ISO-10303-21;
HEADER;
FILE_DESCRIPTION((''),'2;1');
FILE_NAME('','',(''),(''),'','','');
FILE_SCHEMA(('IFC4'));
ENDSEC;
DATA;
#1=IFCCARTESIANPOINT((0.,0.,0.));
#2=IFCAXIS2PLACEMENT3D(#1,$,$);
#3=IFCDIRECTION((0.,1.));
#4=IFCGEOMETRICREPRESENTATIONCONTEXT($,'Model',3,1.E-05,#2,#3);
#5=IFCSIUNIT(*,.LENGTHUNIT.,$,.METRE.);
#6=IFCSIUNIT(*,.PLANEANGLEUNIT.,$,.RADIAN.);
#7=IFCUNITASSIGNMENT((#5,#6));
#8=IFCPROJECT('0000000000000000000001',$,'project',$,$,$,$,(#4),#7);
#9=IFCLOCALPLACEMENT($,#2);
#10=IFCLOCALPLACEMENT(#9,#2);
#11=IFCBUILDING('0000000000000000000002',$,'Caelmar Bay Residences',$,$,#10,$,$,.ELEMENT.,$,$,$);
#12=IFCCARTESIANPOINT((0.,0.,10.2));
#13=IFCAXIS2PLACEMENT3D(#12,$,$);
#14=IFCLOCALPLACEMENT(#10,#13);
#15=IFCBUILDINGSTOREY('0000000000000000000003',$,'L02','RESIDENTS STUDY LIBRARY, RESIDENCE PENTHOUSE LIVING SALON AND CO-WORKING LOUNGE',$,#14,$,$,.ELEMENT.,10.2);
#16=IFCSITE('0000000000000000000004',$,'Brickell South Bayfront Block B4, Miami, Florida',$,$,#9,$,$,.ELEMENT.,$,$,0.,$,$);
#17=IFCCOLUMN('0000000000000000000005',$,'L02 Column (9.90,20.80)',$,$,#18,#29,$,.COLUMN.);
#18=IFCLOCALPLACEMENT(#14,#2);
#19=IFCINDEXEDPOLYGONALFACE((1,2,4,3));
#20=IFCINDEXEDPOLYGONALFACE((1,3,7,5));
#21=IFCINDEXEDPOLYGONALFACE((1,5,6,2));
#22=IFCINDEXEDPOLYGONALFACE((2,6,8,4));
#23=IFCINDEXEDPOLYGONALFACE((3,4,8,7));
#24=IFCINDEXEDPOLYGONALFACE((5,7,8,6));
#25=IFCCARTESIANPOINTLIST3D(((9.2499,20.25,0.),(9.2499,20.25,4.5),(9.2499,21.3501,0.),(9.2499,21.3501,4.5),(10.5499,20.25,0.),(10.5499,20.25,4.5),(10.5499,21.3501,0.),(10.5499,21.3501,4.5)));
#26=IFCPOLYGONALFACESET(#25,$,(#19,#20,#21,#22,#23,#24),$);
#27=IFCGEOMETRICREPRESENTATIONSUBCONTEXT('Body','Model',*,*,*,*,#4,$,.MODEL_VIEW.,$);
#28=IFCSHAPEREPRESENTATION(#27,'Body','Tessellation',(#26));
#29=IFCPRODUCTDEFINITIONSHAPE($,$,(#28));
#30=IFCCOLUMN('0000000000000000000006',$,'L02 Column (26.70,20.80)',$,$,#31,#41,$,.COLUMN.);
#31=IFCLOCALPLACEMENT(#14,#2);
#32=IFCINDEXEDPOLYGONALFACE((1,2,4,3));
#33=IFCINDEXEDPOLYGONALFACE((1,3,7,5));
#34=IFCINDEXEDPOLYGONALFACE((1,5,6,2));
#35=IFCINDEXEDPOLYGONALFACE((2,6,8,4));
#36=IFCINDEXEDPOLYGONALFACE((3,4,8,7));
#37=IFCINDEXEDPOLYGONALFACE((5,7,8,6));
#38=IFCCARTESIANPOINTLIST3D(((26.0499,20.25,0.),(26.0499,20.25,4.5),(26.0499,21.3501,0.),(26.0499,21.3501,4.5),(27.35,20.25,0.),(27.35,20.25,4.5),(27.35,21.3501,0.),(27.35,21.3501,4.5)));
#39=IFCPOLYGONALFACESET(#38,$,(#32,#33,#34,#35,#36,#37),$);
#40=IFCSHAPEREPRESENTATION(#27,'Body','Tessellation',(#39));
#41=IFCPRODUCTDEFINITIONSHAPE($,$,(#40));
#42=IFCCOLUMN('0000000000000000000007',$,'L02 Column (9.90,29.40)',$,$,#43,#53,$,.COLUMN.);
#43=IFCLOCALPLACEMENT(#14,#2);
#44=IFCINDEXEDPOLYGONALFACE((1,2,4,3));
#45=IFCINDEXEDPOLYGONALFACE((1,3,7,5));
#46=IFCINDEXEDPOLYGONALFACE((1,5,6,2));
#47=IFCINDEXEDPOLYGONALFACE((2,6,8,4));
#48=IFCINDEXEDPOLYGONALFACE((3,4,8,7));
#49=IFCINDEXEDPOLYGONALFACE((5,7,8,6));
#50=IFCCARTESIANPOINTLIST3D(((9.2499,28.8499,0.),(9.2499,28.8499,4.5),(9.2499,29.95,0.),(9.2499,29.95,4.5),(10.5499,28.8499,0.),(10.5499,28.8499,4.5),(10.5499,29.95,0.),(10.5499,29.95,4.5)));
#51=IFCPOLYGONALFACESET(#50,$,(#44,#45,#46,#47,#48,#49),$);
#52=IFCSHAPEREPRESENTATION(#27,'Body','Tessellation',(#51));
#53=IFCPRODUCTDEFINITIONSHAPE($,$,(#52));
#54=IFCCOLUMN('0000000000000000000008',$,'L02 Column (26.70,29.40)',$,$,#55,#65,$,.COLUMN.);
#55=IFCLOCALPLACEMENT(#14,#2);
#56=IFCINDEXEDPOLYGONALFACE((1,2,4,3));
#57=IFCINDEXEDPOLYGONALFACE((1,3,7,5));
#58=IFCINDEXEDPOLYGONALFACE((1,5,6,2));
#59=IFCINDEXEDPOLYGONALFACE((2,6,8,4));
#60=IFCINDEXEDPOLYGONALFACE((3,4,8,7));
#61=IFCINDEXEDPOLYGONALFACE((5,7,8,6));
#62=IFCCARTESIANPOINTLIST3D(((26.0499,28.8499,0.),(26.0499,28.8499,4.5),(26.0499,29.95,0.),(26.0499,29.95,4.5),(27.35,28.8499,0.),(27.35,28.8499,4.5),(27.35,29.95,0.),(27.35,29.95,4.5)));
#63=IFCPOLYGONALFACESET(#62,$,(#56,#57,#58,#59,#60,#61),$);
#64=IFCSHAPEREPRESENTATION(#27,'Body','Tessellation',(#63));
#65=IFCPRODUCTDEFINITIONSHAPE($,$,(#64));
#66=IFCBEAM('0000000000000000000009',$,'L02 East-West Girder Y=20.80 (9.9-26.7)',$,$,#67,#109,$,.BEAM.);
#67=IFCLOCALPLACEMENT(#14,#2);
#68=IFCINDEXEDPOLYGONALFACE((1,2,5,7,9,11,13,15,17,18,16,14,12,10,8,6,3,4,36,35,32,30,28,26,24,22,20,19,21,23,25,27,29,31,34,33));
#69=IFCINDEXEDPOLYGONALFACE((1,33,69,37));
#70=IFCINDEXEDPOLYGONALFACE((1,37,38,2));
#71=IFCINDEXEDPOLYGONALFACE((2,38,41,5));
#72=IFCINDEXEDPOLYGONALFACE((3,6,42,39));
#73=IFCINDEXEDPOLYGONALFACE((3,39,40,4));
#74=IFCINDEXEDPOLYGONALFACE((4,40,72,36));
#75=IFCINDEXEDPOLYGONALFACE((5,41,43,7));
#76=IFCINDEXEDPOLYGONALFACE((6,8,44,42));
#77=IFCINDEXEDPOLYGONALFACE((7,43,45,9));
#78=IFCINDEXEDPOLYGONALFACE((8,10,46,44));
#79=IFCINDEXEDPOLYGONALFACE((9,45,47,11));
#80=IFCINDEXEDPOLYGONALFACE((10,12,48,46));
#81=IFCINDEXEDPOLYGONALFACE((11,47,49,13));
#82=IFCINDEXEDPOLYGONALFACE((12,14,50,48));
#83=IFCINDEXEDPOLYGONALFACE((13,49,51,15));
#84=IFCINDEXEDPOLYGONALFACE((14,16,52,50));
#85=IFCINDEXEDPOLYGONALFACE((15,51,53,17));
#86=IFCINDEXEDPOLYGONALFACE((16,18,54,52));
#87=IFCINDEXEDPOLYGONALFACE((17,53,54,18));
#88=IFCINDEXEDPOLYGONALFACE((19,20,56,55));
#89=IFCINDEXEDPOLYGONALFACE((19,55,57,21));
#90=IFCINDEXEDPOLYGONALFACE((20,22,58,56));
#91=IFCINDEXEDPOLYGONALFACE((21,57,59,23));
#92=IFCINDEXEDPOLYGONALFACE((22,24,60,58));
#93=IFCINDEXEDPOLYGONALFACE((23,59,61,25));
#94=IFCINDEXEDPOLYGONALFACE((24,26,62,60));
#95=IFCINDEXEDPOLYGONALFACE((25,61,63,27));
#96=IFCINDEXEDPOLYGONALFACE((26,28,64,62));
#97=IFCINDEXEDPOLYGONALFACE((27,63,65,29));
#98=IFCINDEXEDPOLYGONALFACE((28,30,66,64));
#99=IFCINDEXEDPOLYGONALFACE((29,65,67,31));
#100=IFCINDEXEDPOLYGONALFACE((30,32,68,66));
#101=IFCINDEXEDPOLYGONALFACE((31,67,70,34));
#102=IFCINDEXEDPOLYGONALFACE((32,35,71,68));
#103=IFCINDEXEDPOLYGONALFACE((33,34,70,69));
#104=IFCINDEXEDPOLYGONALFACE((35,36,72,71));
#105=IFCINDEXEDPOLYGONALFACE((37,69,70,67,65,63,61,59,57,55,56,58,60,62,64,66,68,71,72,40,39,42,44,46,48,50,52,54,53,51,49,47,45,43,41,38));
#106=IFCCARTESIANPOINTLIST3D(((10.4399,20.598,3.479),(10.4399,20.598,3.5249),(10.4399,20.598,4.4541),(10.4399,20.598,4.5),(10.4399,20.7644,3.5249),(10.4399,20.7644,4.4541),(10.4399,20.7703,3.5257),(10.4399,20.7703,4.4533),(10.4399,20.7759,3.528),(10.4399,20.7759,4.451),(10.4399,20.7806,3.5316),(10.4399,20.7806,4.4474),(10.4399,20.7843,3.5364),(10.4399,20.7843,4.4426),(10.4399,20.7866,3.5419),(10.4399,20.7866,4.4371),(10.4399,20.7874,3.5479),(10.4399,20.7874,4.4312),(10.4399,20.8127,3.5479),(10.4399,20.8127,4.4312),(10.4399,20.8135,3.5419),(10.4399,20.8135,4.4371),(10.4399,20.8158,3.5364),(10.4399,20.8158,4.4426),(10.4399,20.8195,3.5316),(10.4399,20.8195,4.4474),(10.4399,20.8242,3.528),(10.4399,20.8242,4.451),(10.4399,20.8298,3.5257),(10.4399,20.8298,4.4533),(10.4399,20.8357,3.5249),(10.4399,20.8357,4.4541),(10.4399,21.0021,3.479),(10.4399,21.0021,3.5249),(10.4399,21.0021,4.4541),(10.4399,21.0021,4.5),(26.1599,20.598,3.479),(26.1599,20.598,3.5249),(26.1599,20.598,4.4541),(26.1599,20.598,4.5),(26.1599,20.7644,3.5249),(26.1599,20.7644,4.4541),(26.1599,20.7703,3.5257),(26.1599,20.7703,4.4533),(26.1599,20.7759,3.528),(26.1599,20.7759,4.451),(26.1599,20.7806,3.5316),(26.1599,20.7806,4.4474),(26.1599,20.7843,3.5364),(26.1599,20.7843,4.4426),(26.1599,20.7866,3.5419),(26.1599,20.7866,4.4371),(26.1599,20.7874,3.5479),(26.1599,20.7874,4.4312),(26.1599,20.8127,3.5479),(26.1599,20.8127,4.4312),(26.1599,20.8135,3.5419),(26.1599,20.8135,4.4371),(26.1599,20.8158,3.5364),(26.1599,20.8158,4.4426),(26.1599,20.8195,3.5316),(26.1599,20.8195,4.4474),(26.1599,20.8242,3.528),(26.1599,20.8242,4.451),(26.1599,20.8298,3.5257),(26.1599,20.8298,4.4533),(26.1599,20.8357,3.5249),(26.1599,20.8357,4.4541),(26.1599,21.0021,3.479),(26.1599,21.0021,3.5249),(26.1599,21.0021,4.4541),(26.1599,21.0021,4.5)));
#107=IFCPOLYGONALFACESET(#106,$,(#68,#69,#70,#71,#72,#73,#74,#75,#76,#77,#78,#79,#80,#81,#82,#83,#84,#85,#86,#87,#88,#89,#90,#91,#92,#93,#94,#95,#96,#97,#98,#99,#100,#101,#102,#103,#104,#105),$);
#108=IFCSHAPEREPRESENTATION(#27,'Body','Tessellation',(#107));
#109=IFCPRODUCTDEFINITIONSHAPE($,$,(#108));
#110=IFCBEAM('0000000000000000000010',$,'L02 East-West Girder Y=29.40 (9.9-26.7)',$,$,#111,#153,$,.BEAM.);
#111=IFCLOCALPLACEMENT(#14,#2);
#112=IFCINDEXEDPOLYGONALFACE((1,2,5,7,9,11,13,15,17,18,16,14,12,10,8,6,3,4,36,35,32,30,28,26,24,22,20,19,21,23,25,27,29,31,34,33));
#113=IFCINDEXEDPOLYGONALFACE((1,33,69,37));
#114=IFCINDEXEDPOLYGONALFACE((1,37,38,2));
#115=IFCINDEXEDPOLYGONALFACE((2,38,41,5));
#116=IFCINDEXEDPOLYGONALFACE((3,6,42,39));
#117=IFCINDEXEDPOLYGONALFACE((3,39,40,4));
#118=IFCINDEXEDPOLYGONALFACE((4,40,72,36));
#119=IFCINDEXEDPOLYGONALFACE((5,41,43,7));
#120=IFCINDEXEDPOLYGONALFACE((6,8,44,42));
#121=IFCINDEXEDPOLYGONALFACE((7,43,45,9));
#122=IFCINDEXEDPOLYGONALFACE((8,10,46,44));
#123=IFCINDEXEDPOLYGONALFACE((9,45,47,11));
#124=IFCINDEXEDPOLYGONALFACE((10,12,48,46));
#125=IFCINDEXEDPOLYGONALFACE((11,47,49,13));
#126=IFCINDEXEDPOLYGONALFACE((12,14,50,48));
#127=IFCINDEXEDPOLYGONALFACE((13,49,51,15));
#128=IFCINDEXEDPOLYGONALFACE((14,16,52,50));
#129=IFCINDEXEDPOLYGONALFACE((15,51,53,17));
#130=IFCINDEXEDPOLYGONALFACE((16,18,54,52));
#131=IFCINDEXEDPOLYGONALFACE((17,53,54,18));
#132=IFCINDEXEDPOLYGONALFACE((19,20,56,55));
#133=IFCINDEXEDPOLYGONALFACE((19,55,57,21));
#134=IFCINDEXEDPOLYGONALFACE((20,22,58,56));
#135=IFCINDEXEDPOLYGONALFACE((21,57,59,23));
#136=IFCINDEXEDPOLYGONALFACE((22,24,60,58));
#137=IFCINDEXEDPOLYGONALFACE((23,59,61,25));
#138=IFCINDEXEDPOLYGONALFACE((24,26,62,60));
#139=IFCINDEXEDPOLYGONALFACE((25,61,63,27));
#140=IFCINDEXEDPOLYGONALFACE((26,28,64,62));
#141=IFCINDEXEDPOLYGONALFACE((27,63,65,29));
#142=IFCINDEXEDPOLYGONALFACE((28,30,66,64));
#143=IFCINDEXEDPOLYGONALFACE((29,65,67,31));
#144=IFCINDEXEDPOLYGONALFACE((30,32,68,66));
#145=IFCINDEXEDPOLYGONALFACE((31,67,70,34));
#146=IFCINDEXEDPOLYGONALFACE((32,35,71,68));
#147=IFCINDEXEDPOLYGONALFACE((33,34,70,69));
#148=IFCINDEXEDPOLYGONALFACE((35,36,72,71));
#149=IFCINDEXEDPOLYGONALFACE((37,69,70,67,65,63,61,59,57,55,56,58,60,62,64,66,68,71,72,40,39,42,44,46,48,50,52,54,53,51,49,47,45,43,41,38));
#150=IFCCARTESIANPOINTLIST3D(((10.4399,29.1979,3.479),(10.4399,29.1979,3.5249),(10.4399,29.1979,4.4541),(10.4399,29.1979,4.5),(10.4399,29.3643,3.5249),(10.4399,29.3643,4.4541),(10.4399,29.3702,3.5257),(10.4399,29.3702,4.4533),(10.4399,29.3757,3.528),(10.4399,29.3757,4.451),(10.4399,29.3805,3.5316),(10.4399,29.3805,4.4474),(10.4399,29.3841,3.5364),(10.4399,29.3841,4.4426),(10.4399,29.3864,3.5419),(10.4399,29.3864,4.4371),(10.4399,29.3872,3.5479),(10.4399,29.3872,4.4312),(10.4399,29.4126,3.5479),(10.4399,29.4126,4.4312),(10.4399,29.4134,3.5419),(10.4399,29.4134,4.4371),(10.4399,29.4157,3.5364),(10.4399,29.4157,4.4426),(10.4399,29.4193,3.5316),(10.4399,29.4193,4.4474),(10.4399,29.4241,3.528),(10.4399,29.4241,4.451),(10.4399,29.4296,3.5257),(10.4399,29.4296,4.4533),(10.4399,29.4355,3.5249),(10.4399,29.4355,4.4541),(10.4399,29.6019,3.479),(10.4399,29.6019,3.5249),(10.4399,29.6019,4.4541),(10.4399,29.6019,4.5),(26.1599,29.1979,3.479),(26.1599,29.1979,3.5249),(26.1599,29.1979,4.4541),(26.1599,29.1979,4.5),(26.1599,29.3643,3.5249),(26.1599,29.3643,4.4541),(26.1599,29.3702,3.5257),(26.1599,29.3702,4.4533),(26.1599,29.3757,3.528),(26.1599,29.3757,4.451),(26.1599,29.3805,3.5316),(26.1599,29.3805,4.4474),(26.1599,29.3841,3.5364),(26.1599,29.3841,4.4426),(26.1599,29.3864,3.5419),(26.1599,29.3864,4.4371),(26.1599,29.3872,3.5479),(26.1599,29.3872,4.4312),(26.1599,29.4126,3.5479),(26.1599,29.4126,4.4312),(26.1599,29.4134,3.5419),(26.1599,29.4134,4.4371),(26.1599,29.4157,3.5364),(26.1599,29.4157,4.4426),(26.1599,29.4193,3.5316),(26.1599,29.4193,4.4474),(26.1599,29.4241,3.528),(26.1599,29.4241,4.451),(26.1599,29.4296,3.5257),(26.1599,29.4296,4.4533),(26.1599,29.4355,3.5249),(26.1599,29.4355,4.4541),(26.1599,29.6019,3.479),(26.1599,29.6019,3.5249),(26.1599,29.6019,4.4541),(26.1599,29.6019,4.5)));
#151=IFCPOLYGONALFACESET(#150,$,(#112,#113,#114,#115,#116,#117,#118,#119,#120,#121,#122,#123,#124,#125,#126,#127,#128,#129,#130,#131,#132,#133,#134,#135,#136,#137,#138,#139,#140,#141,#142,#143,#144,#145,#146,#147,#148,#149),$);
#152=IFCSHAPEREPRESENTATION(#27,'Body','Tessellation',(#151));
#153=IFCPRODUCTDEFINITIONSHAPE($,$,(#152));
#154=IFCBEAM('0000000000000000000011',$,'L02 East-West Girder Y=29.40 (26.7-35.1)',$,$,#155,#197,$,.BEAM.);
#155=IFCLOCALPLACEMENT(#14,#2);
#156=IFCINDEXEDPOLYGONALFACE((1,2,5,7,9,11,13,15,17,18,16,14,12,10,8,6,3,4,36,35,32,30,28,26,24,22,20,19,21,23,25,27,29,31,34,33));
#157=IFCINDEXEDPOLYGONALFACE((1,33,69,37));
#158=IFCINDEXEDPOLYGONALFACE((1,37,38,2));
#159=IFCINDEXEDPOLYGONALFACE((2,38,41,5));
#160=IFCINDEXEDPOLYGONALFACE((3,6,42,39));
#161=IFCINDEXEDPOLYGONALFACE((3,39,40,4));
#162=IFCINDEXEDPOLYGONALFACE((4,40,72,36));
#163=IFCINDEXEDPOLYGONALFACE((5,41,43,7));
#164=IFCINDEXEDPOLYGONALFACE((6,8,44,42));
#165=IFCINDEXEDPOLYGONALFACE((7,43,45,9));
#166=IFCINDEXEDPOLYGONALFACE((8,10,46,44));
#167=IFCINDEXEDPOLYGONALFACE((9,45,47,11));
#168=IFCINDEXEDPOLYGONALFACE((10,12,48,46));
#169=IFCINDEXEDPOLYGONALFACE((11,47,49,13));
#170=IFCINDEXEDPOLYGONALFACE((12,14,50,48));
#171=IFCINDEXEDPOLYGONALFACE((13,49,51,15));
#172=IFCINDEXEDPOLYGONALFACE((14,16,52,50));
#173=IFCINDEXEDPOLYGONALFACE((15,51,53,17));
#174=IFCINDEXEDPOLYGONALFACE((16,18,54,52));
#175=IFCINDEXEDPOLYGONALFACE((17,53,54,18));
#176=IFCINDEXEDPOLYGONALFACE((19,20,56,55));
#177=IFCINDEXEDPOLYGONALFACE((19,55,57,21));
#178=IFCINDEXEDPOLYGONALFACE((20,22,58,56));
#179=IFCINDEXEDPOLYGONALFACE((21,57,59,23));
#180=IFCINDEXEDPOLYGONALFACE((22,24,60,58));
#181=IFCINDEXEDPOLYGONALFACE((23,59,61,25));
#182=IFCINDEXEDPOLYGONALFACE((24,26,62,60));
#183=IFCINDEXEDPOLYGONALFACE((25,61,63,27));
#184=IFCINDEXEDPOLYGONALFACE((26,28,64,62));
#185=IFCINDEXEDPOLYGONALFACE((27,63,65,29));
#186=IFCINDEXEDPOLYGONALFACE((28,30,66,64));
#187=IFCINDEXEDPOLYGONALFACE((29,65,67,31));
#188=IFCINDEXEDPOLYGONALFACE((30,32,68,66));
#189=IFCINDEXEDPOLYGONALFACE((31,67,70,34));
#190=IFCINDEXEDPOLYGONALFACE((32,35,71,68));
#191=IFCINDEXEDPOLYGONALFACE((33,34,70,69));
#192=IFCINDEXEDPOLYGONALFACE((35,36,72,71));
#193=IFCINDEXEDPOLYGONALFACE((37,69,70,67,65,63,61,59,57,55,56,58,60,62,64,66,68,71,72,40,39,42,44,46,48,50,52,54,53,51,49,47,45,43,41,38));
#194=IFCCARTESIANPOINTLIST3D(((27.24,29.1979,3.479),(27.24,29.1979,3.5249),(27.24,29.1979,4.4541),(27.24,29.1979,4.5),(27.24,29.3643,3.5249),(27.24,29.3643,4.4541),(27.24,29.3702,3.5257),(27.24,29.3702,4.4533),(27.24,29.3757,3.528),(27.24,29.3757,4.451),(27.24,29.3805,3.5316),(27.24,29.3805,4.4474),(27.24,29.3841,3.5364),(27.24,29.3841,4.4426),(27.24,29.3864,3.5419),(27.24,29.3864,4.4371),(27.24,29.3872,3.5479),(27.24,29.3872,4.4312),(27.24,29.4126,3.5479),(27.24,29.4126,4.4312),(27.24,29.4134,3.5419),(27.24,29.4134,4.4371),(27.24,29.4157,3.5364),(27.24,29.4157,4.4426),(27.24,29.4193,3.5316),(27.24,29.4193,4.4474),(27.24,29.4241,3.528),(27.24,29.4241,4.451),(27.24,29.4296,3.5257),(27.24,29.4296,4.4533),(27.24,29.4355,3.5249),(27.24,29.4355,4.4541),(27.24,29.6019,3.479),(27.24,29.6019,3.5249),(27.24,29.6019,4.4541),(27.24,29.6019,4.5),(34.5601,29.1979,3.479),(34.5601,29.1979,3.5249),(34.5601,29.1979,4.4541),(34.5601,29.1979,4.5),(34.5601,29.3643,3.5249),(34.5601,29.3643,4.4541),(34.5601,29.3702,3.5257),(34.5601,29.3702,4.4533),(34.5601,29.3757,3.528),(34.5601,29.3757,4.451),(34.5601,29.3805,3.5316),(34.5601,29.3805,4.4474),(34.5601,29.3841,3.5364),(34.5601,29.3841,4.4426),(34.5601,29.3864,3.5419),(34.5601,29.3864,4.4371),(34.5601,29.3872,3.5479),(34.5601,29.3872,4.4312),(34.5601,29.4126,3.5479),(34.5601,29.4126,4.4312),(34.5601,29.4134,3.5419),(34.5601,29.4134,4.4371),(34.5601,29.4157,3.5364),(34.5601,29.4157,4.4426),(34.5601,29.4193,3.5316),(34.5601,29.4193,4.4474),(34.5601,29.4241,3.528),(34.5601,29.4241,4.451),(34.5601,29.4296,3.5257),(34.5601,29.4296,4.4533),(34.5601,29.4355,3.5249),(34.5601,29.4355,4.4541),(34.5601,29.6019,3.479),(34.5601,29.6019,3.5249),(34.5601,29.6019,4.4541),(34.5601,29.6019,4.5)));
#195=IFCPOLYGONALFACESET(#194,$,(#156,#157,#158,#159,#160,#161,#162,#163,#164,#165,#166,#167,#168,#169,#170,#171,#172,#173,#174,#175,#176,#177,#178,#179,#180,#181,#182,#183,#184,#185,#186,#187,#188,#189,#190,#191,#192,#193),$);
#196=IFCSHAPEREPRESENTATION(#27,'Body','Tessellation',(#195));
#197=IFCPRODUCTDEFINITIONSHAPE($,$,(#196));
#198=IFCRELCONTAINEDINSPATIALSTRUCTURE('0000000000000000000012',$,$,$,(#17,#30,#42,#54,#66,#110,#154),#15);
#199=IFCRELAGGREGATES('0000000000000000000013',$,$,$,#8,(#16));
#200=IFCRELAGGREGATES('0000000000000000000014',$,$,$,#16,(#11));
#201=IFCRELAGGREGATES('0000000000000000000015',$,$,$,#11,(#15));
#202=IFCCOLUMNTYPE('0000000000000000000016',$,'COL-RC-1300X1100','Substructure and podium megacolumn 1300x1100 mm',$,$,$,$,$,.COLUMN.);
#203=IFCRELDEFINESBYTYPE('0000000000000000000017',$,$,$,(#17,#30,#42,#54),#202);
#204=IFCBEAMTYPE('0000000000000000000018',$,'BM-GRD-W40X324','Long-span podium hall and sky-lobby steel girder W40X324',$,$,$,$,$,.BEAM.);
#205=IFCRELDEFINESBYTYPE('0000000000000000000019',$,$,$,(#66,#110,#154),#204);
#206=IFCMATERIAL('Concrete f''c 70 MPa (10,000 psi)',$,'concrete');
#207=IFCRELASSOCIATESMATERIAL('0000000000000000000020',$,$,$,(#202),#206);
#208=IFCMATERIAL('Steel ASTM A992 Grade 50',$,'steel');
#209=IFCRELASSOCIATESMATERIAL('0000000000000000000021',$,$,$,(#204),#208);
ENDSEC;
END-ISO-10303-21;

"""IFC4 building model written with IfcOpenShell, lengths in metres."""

from ifc_helpers import new_model, si_unit, direction, frame, origin, origin_2d, place, context, subcontext, project, spatial, rectangle, i_section, extrude, material, material_profile, profile_set, type_object, element, save


model = new_model("IFC4")

# Units and contexts
model_context = context("Model", 3, precision=1e-05, world=origin(), true_north=direction((0.0, 1.0)))
body_context = subcontext(model_context, "Body", "Model", "MODEL_VIEW")
ifc_project = project(units=[si_unit("LENGTHUNIT", "METRE"), si_unit("PLANEANGLEUNIT", "RADIAN")], contexts=[model_context])

# Site, building, storey
site_placement = place(None, origin())
site = spatial("IfcSite", under=ifc_project, at=site_placement, Name="Brickell South Bayfront Block B4, Miami, Florida", CompositionType="ELEMENT", RefElevation=0.0)
building_placement = place(site_placement, origin())
building = spatial("IfcBuilding", under=site, at=building_placement, Name="Caelmar Bay Residences", CompositionType="ELEMENT")
storey_placement = place(building_placement, frame((0.0, 0.0, 10.2)))
storey = spatial("IfcBuildingStorey", under=building, at=storey_placement, Name="L02", Description="RESIDENTS STUDY LIBRARY, RESIDENCE PENTHOUSE LIVING SALON AND CO-WORKING LOUNGE", CompositionType="ELEMENT", Elevation=10.2)

# Columns
ifc_material_1 = material(Name="Concrete f'c 70 MPa (10,000 psi)", Category="concrete")
ifc_material_profile_1 = material_profile(ifc_material_1, rectangle(XDim=1.3, YDim=1.1001, at=origin_2d()), Name="RC-COL-1300X1100")
ifc_profile_set_1 = profile_set([ifc_material_profile_1], Name="Concrete f'c 70 MPa (10,000 psi)")
column_type = type_object("IfcColumnType", Name="COL-RC-1300X1100", Description="Substructure and podium megacolumn 1300x1100 mm", PredefinedType="COLUMN", material=ifc_profile_set_1)
for number, where, z_axis, x_axis, name in (
    (1, (9.8999, 20.8, 0.0), (0.0, 0.0, 1.0), (1.0, 0.0, 0.0), "L02 Column (9.90,20.80)"),
    (2, (26.7, 20.8, 0.0), (0.0, 0.0, 1.0), (1.0, 0.0, 0.0), "L02 Column (26.70,20.80)"),
    (3, (9.8999, 29.3999, 0.0), (0.0, 0.0, 1.0), (1.0, 0.0, 0.0), "L02 Column (9.90,29.40)"),
    (4, (26.7, 29.3999, 0.0), (0.0, 0.0, 1.0), (1.0, 0.0, 0.0), "L02 Column (26.70,29.40)"),
):
    element("IfcColumn", number, at=place(storey_placement, frame(where, z_axis=z_axis, x_axis=x_axis)), inside=storey, type_object=column_type, Name=name, PredefinedType="COLUMN", context=body_context, shape_type="SweptSolid", body=[
        extrude(rectangle(XDim=1.3, YDim=1.1001, at=origin_2d()), origin(), (0.0, 0.0, 1.0), 4.5),
    ])

# Beams
ifc_material_2 = material(Name="Steel ASTM A992 Grade 50", Category="steel")
ifc_material_profile_2 = material_profile(ifc_material_2, i_section(OverallWidth=0.4041, OverallDepth=1.021, WebThickness=0.0254, FlangeThickness=0.0459, FilletRadius=0.0229, at=origin_2d()), Name="W40X324")
ifc_profile_set_2 = profile_set([ifc_material_profile_2], Name="Steel ASTM A992 Grade 50")
beam_type_1 = type_object("IfcBeamType", Name="BM-GRD-W40X324", Description="Long-span podium hall and sky-lobby steel girder W40X324", PredefinedType="BEAM", material=ifc_profile_set_2)
for number, where, z_axis, x_axis, name in (
    (5, (10.4399, 20.8, 3.9895), (1.0, 0.0, 0.0), (0.0, 1.0, 0.0), "L02 East-West Girder Y=20.80 (9.9-26.7)"),
    (6, (10.4399, 29.3999, 3.9895), (1.0, 0.0, 0.0), (0.0, 1.0, 0.0), "L02 East-West Girder Y=29.40 (9.9-26.7)"),
):
    element("IfcBeam", number, at=place(storey_placement, frame(where, z_axis=z_axis, x_axis=x_axis)), inside=storey, type_object=beam_type_1, Name=name, PredefinedType="BEAM", context=body_context, shape_type="SweptSolid", body=[
        extrude(i_section(OverallWidth=0.4041, OverallDepth=1.021, WebThickness=0.0254, FlangeThickness=0.0459, FilletRadius=0.0229, at=origin_2d()), origin(), (0.0, 0.0, 1.0), 15.72),
    ])
beam_1_placement = place(storey_placement, frame((27.24, 29.3999, 3.9895), z_axis=(1.0, 0.0, 0.0), x_axis=(0.0, 1.0, 0.0)))
element("IfcBeam", 7, at=beam_1_placement, inside=storey, type_object=beam_type_1, Name="L02 East-West Girder Y=29.40 (26.7-35.1)", PredefinedType="BEAM", context=body_context, shape_type="SweptSolid", body=[
    extrude(i_section(OverallWidth=0.4041, OverallDepth=1.021, WebThickness=0.0254, FlangeThickness=0.0459, FilletRadius=0.0229, at=origin_2d()), origin(), (0.0, 0.0, 1.0), 7.3201),
])

save(model, "model.ifc")
